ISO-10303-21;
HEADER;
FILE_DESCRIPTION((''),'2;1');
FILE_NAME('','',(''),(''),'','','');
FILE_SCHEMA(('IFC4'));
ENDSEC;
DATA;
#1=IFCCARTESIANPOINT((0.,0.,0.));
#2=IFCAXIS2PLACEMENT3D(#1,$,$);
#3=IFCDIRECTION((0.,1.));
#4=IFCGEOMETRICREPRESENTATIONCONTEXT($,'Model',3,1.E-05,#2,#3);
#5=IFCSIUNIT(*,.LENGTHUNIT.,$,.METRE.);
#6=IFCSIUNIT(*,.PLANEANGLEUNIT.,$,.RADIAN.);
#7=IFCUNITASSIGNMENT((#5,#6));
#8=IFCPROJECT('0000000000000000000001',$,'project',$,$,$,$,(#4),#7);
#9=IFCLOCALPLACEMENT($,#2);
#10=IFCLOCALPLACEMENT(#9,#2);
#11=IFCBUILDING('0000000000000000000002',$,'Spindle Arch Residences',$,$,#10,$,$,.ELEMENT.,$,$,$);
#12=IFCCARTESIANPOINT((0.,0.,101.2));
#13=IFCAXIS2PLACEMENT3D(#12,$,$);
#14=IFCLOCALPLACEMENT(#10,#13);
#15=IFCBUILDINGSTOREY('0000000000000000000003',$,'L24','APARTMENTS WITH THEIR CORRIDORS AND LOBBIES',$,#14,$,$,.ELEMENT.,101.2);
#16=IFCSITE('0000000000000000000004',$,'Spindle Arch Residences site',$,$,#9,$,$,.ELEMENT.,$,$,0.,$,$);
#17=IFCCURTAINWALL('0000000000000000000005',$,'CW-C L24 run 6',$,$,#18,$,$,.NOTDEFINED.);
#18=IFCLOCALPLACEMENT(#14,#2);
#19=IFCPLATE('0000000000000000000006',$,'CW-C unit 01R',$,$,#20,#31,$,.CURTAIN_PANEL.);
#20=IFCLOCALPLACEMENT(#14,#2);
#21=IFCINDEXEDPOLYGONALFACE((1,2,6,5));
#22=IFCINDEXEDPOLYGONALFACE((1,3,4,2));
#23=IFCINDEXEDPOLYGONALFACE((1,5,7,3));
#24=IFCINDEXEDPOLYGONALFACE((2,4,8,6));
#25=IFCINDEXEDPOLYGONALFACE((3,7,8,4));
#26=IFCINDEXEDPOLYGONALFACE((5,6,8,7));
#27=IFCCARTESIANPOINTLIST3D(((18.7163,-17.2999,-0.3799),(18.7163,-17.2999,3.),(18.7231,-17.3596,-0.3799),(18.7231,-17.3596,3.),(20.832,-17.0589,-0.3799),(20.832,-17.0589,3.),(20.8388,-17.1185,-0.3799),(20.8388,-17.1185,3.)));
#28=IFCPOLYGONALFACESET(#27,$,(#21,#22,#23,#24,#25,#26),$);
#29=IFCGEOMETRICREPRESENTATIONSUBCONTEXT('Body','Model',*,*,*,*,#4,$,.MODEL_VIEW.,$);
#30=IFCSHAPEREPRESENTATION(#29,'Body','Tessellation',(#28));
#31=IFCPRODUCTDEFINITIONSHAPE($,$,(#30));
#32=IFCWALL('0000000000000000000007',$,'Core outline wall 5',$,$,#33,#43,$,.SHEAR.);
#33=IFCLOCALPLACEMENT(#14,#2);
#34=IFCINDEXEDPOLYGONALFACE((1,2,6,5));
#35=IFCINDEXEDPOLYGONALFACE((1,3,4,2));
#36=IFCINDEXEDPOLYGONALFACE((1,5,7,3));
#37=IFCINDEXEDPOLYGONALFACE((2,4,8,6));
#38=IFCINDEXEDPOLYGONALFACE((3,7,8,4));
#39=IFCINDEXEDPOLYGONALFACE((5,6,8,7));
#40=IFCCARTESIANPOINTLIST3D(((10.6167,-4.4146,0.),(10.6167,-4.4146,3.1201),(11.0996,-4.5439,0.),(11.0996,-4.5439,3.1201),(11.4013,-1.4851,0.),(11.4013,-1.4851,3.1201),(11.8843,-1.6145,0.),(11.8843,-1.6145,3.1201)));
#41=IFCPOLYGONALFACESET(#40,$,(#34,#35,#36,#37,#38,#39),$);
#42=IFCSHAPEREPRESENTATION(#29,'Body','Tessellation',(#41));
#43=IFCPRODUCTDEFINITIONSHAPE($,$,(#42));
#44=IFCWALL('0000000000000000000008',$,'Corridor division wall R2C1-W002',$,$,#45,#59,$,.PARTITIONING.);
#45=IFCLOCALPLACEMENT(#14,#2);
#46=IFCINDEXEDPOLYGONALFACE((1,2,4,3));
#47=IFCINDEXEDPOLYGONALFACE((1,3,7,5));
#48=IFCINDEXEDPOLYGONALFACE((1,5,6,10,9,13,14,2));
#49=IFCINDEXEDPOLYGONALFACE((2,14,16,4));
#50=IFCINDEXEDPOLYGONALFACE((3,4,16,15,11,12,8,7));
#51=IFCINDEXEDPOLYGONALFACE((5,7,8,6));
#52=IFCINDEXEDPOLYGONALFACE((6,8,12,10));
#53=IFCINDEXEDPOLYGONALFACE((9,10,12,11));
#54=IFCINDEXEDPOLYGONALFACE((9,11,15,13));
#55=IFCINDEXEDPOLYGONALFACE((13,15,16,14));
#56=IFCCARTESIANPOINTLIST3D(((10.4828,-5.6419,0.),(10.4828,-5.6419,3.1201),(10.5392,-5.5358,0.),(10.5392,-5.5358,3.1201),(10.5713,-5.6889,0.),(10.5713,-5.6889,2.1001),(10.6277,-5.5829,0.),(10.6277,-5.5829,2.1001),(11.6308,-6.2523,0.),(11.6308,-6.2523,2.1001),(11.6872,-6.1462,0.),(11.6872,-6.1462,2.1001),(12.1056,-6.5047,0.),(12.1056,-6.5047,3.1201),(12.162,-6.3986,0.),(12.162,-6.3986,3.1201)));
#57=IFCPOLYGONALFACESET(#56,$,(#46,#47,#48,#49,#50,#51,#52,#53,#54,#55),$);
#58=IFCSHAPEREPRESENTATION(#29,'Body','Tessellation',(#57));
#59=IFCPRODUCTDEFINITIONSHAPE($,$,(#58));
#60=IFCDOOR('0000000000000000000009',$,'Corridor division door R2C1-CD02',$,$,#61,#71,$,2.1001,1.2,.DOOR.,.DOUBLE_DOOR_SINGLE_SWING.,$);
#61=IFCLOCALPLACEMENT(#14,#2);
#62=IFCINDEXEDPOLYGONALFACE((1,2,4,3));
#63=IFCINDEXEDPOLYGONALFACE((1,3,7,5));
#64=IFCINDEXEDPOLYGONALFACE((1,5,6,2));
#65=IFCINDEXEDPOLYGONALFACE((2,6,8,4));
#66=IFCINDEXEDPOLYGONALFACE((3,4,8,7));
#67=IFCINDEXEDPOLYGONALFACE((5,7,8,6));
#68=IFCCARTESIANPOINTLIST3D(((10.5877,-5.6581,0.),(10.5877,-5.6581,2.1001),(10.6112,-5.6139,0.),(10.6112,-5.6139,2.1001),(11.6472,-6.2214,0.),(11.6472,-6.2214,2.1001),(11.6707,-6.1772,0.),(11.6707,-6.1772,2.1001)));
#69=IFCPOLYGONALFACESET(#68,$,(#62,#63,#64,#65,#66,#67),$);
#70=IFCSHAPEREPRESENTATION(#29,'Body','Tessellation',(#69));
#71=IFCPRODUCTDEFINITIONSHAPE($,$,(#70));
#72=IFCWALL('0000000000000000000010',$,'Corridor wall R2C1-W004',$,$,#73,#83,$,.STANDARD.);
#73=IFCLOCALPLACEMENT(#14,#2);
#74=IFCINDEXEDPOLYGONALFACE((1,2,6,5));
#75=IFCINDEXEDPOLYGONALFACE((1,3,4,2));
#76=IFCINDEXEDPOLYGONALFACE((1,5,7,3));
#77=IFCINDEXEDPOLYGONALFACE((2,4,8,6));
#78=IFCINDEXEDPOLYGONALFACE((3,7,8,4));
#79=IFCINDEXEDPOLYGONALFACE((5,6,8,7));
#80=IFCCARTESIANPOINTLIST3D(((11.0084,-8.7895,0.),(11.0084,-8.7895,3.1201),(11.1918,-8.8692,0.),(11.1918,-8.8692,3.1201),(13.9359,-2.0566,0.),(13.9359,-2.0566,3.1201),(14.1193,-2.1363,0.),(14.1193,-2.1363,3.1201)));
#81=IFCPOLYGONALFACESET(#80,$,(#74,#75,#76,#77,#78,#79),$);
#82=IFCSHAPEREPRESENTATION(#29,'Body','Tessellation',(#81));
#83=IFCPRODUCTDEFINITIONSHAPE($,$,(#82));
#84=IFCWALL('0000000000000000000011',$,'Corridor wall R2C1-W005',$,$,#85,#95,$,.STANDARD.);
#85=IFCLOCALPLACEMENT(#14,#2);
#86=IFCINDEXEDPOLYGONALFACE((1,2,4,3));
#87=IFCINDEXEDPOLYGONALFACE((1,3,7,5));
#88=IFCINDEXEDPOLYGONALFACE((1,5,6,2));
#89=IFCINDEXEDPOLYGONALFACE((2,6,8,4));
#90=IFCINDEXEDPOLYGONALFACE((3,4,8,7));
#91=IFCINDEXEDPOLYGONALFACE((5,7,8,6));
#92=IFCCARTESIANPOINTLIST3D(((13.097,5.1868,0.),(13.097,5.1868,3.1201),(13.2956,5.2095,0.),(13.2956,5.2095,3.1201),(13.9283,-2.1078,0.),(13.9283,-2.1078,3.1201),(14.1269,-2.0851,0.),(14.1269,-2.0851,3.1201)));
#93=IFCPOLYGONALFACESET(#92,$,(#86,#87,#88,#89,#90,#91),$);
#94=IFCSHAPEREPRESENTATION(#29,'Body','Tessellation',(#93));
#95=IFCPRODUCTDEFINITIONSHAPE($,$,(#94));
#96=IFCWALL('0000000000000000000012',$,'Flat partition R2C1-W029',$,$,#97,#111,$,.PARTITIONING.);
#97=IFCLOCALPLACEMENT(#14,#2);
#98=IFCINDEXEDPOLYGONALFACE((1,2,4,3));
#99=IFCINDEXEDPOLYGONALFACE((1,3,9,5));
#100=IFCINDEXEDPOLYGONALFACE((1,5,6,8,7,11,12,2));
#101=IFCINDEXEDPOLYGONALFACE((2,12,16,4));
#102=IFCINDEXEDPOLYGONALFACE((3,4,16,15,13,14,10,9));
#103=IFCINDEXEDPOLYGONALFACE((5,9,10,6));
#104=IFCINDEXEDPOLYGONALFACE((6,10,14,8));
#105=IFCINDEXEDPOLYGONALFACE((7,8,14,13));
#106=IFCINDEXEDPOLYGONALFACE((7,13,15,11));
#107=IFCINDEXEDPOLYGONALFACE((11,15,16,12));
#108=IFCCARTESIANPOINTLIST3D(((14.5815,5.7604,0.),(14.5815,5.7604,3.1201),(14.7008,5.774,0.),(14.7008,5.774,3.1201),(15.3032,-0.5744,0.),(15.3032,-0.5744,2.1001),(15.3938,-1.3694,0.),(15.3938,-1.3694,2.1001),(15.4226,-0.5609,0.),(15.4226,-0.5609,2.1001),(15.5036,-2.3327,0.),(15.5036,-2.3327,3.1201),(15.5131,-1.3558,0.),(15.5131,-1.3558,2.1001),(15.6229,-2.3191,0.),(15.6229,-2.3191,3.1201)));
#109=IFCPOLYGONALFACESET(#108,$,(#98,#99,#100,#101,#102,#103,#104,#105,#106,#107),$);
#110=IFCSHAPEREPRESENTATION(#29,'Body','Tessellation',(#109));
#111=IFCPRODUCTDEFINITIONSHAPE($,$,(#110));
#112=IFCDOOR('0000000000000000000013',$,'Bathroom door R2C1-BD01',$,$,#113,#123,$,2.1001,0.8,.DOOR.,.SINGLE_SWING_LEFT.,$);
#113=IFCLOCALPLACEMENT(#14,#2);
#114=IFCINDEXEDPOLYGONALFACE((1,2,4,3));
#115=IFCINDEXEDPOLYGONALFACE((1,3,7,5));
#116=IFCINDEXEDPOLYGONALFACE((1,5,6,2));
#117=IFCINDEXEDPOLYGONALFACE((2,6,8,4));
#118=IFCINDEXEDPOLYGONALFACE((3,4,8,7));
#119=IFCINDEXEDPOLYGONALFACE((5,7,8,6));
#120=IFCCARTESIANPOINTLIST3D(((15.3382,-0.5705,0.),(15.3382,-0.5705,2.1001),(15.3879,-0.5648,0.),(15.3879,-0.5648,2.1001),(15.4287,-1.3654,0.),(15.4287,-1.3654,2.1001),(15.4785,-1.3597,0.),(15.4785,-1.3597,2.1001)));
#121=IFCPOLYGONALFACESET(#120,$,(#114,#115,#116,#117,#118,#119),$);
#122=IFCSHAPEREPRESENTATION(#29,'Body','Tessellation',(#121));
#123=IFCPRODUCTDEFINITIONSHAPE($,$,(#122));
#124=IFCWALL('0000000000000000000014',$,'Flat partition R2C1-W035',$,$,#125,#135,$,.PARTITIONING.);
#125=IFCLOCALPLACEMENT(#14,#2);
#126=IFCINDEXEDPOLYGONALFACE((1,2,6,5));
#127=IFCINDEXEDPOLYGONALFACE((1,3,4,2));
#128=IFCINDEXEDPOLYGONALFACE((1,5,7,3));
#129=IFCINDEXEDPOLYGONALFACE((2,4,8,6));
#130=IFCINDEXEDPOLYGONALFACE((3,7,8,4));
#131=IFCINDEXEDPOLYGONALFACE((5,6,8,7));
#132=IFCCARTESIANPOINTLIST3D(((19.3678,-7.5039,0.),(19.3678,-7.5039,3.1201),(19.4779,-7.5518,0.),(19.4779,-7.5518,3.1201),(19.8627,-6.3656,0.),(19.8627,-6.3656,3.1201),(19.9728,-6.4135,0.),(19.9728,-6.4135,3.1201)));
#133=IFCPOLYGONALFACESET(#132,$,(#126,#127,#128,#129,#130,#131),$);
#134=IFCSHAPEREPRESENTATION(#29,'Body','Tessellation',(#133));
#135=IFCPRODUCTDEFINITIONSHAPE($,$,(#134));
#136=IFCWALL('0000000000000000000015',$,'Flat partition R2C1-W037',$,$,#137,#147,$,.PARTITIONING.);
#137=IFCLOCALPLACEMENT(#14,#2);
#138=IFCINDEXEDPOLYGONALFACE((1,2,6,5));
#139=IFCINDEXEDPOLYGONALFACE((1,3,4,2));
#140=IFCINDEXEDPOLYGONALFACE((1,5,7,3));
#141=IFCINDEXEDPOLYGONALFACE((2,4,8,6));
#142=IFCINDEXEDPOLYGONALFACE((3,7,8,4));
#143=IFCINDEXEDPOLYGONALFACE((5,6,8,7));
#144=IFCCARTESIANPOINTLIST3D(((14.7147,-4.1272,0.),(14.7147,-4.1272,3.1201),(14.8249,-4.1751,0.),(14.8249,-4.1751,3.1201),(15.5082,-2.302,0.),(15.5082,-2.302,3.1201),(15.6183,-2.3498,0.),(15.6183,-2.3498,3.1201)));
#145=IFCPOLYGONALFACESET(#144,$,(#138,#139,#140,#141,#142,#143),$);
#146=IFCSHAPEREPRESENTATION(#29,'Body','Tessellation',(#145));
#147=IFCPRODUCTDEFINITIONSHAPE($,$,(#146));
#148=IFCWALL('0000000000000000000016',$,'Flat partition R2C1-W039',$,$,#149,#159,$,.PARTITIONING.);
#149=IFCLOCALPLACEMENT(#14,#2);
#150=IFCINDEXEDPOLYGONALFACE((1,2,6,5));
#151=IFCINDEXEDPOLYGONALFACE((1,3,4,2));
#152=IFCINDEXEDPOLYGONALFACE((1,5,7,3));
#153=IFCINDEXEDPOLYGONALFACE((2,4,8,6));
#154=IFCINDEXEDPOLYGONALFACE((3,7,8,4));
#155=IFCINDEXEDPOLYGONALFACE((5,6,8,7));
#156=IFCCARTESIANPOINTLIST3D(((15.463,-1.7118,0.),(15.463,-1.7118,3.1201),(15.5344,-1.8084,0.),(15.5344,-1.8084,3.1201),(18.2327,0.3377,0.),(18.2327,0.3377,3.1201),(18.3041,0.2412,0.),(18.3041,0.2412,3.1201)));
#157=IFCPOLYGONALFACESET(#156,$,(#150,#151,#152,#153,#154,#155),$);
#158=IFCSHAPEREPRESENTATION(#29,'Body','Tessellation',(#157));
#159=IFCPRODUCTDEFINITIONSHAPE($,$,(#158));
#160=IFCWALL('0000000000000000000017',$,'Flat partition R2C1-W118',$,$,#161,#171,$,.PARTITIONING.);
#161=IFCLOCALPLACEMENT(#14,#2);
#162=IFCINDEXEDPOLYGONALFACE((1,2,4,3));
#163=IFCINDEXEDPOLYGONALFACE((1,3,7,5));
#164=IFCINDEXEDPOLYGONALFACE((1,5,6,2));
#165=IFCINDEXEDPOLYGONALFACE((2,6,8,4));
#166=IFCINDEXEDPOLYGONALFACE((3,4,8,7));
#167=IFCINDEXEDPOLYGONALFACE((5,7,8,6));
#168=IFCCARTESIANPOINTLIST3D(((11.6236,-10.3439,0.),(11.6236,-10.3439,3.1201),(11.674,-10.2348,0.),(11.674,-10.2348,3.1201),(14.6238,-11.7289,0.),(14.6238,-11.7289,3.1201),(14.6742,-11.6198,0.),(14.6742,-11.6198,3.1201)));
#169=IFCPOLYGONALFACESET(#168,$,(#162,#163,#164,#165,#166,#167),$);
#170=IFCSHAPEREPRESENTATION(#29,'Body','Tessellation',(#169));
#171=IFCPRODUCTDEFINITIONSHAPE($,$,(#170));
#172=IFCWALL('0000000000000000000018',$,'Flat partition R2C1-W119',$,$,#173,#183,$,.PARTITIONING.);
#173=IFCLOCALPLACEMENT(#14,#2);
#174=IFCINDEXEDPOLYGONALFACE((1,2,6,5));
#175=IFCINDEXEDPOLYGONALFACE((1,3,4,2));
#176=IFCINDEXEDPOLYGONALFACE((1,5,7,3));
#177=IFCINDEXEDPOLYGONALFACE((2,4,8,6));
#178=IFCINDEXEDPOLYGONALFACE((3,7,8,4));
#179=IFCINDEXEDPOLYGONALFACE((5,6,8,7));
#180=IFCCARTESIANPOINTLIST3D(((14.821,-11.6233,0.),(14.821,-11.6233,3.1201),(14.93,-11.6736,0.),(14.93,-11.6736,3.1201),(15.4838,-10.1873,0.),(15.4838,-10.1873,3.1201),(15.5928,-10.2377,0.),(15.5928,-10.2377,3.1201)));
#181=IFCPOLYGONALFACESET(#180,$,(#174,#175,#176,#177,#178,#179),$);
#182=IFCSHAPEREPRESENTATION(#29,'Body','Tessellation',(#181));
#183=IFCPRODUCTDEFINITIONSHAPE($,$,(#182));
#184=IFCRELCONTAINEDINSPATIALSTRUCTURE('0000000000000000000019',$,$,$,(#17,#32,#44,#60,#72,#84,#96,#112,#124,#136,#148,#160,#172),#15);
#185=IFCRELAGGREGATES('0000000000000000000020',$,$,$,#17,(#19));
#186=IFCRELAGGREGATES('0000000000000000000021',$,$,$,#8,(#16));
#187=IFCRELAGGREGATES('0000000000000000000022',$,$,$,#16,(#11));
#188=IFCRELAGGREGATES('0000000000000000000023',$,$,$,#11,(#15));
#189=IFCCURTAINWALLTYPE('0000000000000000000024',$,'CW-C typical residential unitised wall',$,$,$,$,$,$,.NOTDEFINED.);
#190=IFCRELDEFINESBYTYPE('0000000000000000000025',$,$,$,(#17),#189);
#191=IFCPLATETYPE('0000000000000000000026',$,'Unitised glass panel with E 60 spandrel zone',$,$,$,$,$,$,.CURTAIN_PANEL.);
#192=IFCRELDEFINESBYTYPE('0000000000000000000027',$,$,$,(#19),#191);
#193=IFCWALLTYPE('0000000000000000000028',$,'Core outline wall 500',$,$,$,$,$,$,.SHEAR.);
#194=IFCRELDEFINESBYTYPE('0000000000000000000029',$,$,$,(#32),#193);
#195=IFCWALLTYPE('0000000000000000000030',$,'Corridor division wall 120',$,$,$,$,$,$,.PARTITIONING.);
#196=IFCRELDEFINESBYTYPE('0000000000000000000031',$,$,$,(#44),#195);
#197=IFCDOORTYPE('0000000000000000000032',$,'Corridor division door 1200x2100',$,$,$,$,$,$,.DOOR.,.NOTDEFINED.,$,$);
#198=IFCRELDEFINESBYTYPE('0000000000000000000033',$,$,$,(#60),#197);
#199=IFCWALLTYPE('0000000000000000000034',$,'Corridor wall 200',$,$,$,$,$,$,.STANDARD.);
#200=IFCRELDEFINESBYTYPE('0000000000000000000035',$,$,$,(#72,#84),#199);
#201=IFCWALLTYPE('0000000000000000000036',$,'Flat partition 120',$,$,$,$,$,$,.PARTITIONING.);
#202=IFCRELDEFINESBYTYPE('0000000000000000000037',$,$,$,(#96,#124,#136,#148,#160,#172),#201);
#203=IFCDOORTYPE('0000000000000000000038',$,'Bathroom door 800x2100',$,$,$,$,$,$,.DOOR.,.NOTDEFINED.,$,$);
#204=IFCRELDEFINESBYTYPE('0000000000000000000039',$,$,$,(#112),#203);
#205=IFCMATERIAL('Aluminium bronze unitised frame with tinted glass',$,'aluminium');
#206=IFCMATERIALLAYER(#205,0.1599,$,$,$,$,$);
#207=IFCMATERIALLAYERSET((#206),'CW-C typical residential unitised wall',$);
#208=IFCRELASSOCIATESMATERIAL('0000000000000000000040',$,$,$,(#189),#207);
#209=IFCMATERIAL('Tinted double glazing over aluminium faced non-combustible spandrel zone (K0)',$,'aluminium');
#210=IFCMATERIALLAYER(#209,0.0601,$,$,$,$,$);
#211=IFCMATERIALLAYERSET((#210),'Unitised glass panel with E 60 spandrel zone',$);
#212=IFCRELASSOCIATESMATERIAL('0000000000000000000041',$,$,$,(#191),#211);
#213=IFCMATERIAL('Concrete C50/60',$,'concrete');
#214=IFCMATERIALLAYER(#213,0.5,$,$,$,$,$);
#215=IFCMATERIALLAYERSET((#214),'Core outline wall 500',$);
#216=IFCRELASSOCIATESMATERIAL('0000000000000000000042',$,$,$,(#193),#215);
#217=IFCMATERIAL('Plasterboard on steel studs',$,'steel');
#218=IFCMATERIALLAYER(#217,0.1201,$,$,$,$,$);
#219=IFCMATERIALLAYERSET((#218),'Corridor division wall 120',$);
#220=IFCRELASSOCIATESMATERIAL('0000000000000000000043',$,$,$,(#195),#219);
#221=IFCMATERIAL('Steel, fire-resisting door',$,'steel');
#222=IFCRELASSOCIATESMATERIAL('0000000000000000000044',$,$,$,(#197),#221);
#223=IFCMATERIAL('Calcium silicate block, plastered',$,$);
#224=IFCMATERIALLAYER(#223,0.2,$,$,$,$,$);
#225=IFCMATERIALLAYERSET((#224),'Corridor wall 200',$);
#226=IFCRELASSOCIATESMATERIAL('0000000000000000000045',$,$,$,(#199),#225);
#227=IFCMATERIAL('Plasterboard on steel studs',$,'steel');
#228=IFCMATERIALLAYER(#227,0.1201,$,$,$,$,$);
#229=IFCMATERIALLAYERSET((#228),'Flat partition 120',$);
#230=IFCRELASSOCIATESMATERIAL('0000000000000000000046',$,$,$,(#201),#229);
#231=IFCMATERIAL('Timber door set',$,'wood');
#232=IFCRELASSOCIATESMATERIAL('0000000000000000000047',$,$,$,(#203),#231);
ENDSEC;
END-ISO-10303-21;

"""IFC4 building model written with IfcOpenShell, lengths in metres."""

from ifc_helpers import new_model, si_unit, direction, frame, frame_2d, origin, origin_2d, place, context, subcontext, project, spatial, rectangle, extrude, material, layer, layer_set, type_object, element, fill, aggregate, save


model = new_model("IFC4")

# Units and contexts
model_context = context("Model", 3, precision=1e-05, world=origin(), true_north=direction((0.0, 1.0)))
body_context = subcontext(model_context, "Body", "Model", "MODEL_VIEW")
ifc_project = project(units=[si_unit("LENGTHUNIT", "METRE"), si_unit("PLANEANGLEUNIT", "RADIAN")], contexts=[model_context])

# Site, building, storey
site_placement = place(None, origin())
site = spatial("IfcSite", under=ifc_project, at=site_placement, Name="Spindle Arch Residences site", CompositionType="ELEMENT", RefElevation=0.0)
building_placement = place(site_placement, origin())
building = spatial("IfcBuilding", under=site, at=building_placement, Name="Spindle Arch Residences", CompositionType="ELEMENT")
storey_placement = place(building_placement, frame((0.0, 0.0, 101.2)))
storey = spatial("IfcBuildingStorey", under=building, at=storey_placement, Name="L24", Description="APARTMENTS WITH THEIR CORRIDORS AND LOBBIES", CompositionType="ELEMENT", Elevation=101.2)

# Curtain wall
ifc_material_1 = material(Name="Aluminium bronze unitised frame with tinted glass", Category="aluminium")
ifc_layer_1 = layer(ifc_material_1, 0.1599)
ifc_layer_set_1 = layer_set([ifc_layer_1], Name="CW-C typical residential unitised wall")
curtain_wall_type = type_object("IfcCurtainWallType", Name="CW-C typical residential unitised wall", PredefinedType="NOTDEFINED", material=ifc_layer_set_1)
curtain_wall_placement = place(storey_placement, origin())
curtain_wall = element("IfcCurtainWall", 1, at=curtain_wall_placement, inside=storey, type_object=curtain_wall_type, Name="CW-C L24 run 6", PredefinedType="NOTDEFINED")

# Plate
ifc_material_2 = material(Name="Tinted double glazing over aluminium faced non-combustible spandrel zone (K0)", Category="aluminium")
ifc_layer_2 = layer(ifc_material_2, 0.0601)
ifc_layer_set_2 = layer_set([ifc_layer_2], Name="Unitised glass panel with E 60 spandrel zone")
plate_type = type_object("IfcPlateType", Name="Unitised glass panel with E 60 spandrel zone", PredefinedType="CURTAIN_PANEL", material=ifc_layer_set_2)
plate_1_placement = place(storey_placement, frame((19.7776, -17.2092, -0.3799), z_axis=(0.0, 0.0, 1.0), x_axis=(0.993572, 0.113203, 0.0)))
plate_1 = element("IfcPlate", 2, at=plate_1_placement, type_object=plate_type, Name="CW-C unit 01R", PredefinedType="CURTAIN_PANEL", context=body_context, shape_type="SweptSolid", body=[
    extrude(rectangle(XDim=2.1294, YDim=0.0601, at=origin_2d()), origin(), (0.0, 0.0, 1.0), 3.3799),
])
aggregate(curtain_wall, [plate_1])

# Wall
ifc_material_3 = material(Name="Concrete C50/60", Category="concrete")
ifc_layer_3 = layer(ifc_material_3, 0.5)
ifc_layer_set_3 = layer_set([ifc_layer_3], Name="Core outline wall 500")
wall_type_1 = type_object("IfcWallType", Name="Core outline wall 500", PredefinedType="SHEAR", material=ifc_layer_set_3)
wall_1_placement = place(storey_placement, frame((10.8582, -4.4792, 0.0), z_axis=(0.0, 0.0, 1.0), x_axis=(0.258735, 0.965948, 0.0)))
element("IfcWall", 3, at=wall_1_placement, inside=storey, type_object=wall_type_1, Name="Core outline wall 5", PredefinedType="SHEAR", context=body_context, shape_type="SweptSolid", body=[
    extrude(rectangle(XDim=3.0327, YDim=0.5, at=frame_2d((1.5164, 0.0))), origin(), (0.0, 0.0, 1.0), 3.1201),
])

# Wall, opening, door
ifc_material_4 = material(Name="Plasterboard on steel studs", Category="steel")
ifc_layer_4 = layer(ifc_material_4, 0.1201)
ifc_layer_set_4 = layer_set([ifc_layer_4], Name="Corridor division wall 120")
wall_type_2 = type_object("IfcWallType", Name="Corridor division wall 120", PredefinedType="PARTITIONING", material=ifc_layer_set_4)
wall_2_placement = place(storey_placement, frame((10.511, -5.5889, 0.0), z_axis=(0.0, 0.0, 1.0), x_axis=(0.882963, -0.469443, 0.0)))
wall_2 = element("IfcWall", 4, at=wall_2_placement, inside=storey, type_object=wall_type_2, Name="Corridor division wall R2C1-W002", PredefinedType="PARTITIONING", context=body_context, shape_type="SweptSolid", body=[
    extrude(rectangle(XDim=1.8379, YDim=0.1201, at=frame_2d((0.9189, 0.0))), origin(), (0.0, 0.0, 1.0), 3.1201),
])
opening_1_placement = place(wall_2_placement, frame((0.1001, 0.0, 0.0)))
opening_1 = element("IfcOpeningElement", 5, at=opening_1_placement, cuts=wall_2, PredefinedType="OPENING", context=body_context, shape_type="SweptSolid", body=[
    extrude(rectangle(XDim=1.2, YDim=2.1001, at=frame_2d((0.6001, 1.05))), frame((0.0, 0.0701, 0.0), z_axis=(0.0, -1.0, 0.0), x_axis=(1.0, 0.0, 0.0)), (0.0, 0.0, 1.0), 0.1401),
])
ifc_material_5 = material(Name="Steel, fire-resisting door", Category="steel")
door_type_1 = type_object("IfcDoorType", Name="Corridor division door 1200x2100", OperationType="NOTDEFINED", PredefinedType="DOOR", material=ifc_material_5)
door_1_placement = place(opening_1_placement, origin())
door_1 = element("IfcDoor", 6, at=door_1_placement, inside=storey, type_object=door_type_1, Name="Corridor division door R2C1-CD02", OperationType="DOUBLE_DOOR_SINGLE_SWING", OverallHeight=2.1001, OverallWidth=1.2, PredefinedType="DOOR", context=body_context, shape_type="SweptSolid", body=[
    extrude(rectangle(XDim=1.2, YDim=2.1001, at=frame_2d((0.6001, 1.05))), frame((0.0, 0.0249, 0.0), z_axis=(0.0, -1.0, 0.0), x_axis=(1.0, 0.0, 0.0)), (0.0, 0.0, 1.0), 0.05),
])
fill(opening_1, door_1)

# Walls
ifc_material_6 = material(Name="Calcium silicate block, plastered")
ifc_layer_5 = layer(ifc_material_6, 0.2)
ifc_layer_set_5 = layer_set([ifc_layer_5], Name="Corridor wall 200")
wall_type_3 = type_object("IfcWallType", Name="Corridor wall 200", PredefinedType="STANDARD", material=ifc_layer_set_5)
for number, where, z_axis, x_axis, name in (
    (7, (11.1001, -8.8293, 0.0), (0.0, 0.0, 1.0), (0.398742, 0.917063, 0.0), "Corridor wall R2C1-W004"),
    (8, (14.0276, -2.0964, 0.0), (0.0, 0.0, 1.0), (-0.113227, 0.993569, 0.0), "Corridor wall R2C1-W005"),
):
    element("IfcWall", number, at=place(storey_placement, frame(where, z_axis=z_axis, x_axis=x_axis)), inside=storey, type_object=wall_type_3, Name=name, PredefinedType="STANDARD", context=body_context, shape_type="SweptSolid", body=[
        extrude(rectangle(XDim=7.3418, YDim=0.2, at=frame_2d((3.6709, 0.0))), origin(), (0.0, 0.0, 1.0), 3.1201),
    ])

# Wall, opening, door
ifc_material_7 = material(Name="Plasterboard on steel studs", Category="steel")
ifc_layer_6 = layer(ifc_material_7, 0.1201)
ifc_layer_set_6 = layer_set([ifc_layer_6], Name="Flat partition 120")
wall_type_4 = type_object("IfcWallType", Name="Flat partition 120", PredefinedType="PARTITIONING", material=ifc_layer_set_6)
wall_3_placement = place(storey_placement, frame((15.5632, -2.3259, 0.0), z_axis=(0.0, 0.0, 1.0), x_axis=(-0.113204, 0.993572, 0.0)))
wall_3 = element("IfcWall", 9, at=wall_3_placement, inside=storey, type_object=wall_type_4, Name="Flat partition R2C1-W029", PredefinedType="PARTITIONING", context=body_context, shape_type="SweptSolid", body=[
    extrude(rectangle(XDim=8.1455, YDim=0.1201, at=frame_2d((4.0728, 0.0))), origin(), (0.0, 0.0, 1.0), 3.1201),
])
opening_2_placement = place(wall_3_placement, frame((0.9697, 0.0, 0.0)))
opening_2 = element("IfcOpeningElement", 10, at=opening_2_placement, cuts=wall_3, PredefinedType="OPENING", context=body_context, shape_type="SweptSolid", body=[
    extrude(rectangle(XDim=0.8, YDim=2.1001, at=frame_2d((0.3999, 1.05))), frame((0.0, 0.0701, 0.0), z_axis=(0.0, -1.0, 0.0), x_axis=(1.0, 0.0, 0.0)), (0.0, 0.0, 1.0), 0.1401),
])
ifc_material_8 = material(Name="Timber door set", Category="wood")
door_type_2 = type_object("IfcDoorType", Name="Bathroom door 800x2100", OperationType="NOTDEFINED", PredefinedType="DOOR", material=ifc_material_8)
door_2_placement = place(opening_2_placement, origin())
door_2 = element("IfcDoor", 11, at=door_2_placement, inside=storey, type_object=door_type_2, Name="Bathroom door R2C1-BD01", OperationType="SINGLE_SWING_LEFT", OverallHeight=2.1001, OverallWidth=0.8, PredefinedType="DOOR", context=body_context, shape_type="SweptSolid", body=[
    extrude(rectangle(XDim=0.8, YDim=2.1001, at=frame_2d((0.3999, 1.05))), frame((0.0, 0.0249, 0.0), z_axis=(0.0, -1.0, 0.0), x_axis=(1.0, 0.0, 0.0)), (0.0, 0.0, 1.0), 0.05),
])
fill(opening_2, door_2)

# Walls
wall_4_placement = place(storey_placement, frame((19.4229, -7.5278, 0.0), z_axis=(0.0, 0.0, 1.0), x_axis=(0.398733, 0.917067, 0.0)))
element("IfcWall", 12, at=wall_4_placement, inside=storey, type_object=wall_type_4, Name="Flat partition R2C1-W035", PredefinedType="PARTITIONING", context=body_context, shape_type="SweptSolid", body=[
    extrude(rectangle(XDim=1.2412, YDim=0.1201, at=frame_2d((0.6206, 0.0))), origin(), (0.0, 0.0, 1.0), 3.1201),
])
wall_5_placement = place(storey_placement, frame((14.7698, -4.1511, 0.0), z_axis=(0.0, 0.0, 1.0), x_axis=(0.398681, 0.91709, 0.0)))
element("IfcWall", 13, at=wall_5_placement, inside=storey, type_object=wall_type_4, Name="Flat partition R2C1-W037", PredefinedType="PARTITIONING", context=body_context, shape_type="SweptSolid", body=[
    extrude(rectangle(XDim=1.9902, YDim=0.1201, at=frame_2d((0.9951, 0.0))), origin(), (0.0, 0.0, 1.0), 3.1201),
])
wall_6_placement = place(storey_placement, frame((15.4988, -1.76, 0.0), z_axis=(0.0, 0.0, 1.0), x_axis=(0.803852, 0.594829, 0.0)))
element("IfcWall", 14, at=wall_6_placement, inside=storey, type_object=wall_type_4, Name="Flat partition R2C1-W039", PredefinedType="PARTITIONING", context=body_context, shape_type="SweptSolid", body=[
    extrude(rectangle(XDim=3.4456, YDim=0.1201, at=frame_2d((1.7227, 0.0))), origin(), (0.0, 0.0, 1.0), 3.1201),
])
wall_7_placement = place(storey_placement, frame((11.6487, -10.2893, 0.0), z_axis=(0.0, 0.0, 1.0), x_axis=(0.907927, -0.419128, 0.0)))
element("IfcWall", 15, at=wall_7_placement, inside=storey, type_object=wall_type_4, Name="Flat partition R2C1-W118", PredefinedType="PARTITIONING", context=body_context, shape_type="SweptSolid", body=[
    extrude(rectangle(XDim=3.3044, YDim=0.1201, at=frame_2d((1.6523, 0.0))), origin(), (0.0, 0.0, 1.0), 3.1201),
])
wall_8_placement = place(storey_placement, frame((14.8755, -11.6484, 0.0), z_axis=(0.0, 0.0, 1.0), x_axis=(0.419088, 0.907946, 0.0)))
element("IfcWall", 16, at=wall_8_placement, inside=storey, type_object=wall_type_4, Name="Flat partition R2C1-W119", PredefinedType="PARTITIONING", context=body_context, shape_type="SweptSolid", body=[
    extrude(rectangle(XDim=1.5815, YDim=0.1201, at=frame_2d((0.7908, 0.0))), origin(), (0.0, 0.0, 1.0), 3.1201),
])

save(model, "model.ifc")
